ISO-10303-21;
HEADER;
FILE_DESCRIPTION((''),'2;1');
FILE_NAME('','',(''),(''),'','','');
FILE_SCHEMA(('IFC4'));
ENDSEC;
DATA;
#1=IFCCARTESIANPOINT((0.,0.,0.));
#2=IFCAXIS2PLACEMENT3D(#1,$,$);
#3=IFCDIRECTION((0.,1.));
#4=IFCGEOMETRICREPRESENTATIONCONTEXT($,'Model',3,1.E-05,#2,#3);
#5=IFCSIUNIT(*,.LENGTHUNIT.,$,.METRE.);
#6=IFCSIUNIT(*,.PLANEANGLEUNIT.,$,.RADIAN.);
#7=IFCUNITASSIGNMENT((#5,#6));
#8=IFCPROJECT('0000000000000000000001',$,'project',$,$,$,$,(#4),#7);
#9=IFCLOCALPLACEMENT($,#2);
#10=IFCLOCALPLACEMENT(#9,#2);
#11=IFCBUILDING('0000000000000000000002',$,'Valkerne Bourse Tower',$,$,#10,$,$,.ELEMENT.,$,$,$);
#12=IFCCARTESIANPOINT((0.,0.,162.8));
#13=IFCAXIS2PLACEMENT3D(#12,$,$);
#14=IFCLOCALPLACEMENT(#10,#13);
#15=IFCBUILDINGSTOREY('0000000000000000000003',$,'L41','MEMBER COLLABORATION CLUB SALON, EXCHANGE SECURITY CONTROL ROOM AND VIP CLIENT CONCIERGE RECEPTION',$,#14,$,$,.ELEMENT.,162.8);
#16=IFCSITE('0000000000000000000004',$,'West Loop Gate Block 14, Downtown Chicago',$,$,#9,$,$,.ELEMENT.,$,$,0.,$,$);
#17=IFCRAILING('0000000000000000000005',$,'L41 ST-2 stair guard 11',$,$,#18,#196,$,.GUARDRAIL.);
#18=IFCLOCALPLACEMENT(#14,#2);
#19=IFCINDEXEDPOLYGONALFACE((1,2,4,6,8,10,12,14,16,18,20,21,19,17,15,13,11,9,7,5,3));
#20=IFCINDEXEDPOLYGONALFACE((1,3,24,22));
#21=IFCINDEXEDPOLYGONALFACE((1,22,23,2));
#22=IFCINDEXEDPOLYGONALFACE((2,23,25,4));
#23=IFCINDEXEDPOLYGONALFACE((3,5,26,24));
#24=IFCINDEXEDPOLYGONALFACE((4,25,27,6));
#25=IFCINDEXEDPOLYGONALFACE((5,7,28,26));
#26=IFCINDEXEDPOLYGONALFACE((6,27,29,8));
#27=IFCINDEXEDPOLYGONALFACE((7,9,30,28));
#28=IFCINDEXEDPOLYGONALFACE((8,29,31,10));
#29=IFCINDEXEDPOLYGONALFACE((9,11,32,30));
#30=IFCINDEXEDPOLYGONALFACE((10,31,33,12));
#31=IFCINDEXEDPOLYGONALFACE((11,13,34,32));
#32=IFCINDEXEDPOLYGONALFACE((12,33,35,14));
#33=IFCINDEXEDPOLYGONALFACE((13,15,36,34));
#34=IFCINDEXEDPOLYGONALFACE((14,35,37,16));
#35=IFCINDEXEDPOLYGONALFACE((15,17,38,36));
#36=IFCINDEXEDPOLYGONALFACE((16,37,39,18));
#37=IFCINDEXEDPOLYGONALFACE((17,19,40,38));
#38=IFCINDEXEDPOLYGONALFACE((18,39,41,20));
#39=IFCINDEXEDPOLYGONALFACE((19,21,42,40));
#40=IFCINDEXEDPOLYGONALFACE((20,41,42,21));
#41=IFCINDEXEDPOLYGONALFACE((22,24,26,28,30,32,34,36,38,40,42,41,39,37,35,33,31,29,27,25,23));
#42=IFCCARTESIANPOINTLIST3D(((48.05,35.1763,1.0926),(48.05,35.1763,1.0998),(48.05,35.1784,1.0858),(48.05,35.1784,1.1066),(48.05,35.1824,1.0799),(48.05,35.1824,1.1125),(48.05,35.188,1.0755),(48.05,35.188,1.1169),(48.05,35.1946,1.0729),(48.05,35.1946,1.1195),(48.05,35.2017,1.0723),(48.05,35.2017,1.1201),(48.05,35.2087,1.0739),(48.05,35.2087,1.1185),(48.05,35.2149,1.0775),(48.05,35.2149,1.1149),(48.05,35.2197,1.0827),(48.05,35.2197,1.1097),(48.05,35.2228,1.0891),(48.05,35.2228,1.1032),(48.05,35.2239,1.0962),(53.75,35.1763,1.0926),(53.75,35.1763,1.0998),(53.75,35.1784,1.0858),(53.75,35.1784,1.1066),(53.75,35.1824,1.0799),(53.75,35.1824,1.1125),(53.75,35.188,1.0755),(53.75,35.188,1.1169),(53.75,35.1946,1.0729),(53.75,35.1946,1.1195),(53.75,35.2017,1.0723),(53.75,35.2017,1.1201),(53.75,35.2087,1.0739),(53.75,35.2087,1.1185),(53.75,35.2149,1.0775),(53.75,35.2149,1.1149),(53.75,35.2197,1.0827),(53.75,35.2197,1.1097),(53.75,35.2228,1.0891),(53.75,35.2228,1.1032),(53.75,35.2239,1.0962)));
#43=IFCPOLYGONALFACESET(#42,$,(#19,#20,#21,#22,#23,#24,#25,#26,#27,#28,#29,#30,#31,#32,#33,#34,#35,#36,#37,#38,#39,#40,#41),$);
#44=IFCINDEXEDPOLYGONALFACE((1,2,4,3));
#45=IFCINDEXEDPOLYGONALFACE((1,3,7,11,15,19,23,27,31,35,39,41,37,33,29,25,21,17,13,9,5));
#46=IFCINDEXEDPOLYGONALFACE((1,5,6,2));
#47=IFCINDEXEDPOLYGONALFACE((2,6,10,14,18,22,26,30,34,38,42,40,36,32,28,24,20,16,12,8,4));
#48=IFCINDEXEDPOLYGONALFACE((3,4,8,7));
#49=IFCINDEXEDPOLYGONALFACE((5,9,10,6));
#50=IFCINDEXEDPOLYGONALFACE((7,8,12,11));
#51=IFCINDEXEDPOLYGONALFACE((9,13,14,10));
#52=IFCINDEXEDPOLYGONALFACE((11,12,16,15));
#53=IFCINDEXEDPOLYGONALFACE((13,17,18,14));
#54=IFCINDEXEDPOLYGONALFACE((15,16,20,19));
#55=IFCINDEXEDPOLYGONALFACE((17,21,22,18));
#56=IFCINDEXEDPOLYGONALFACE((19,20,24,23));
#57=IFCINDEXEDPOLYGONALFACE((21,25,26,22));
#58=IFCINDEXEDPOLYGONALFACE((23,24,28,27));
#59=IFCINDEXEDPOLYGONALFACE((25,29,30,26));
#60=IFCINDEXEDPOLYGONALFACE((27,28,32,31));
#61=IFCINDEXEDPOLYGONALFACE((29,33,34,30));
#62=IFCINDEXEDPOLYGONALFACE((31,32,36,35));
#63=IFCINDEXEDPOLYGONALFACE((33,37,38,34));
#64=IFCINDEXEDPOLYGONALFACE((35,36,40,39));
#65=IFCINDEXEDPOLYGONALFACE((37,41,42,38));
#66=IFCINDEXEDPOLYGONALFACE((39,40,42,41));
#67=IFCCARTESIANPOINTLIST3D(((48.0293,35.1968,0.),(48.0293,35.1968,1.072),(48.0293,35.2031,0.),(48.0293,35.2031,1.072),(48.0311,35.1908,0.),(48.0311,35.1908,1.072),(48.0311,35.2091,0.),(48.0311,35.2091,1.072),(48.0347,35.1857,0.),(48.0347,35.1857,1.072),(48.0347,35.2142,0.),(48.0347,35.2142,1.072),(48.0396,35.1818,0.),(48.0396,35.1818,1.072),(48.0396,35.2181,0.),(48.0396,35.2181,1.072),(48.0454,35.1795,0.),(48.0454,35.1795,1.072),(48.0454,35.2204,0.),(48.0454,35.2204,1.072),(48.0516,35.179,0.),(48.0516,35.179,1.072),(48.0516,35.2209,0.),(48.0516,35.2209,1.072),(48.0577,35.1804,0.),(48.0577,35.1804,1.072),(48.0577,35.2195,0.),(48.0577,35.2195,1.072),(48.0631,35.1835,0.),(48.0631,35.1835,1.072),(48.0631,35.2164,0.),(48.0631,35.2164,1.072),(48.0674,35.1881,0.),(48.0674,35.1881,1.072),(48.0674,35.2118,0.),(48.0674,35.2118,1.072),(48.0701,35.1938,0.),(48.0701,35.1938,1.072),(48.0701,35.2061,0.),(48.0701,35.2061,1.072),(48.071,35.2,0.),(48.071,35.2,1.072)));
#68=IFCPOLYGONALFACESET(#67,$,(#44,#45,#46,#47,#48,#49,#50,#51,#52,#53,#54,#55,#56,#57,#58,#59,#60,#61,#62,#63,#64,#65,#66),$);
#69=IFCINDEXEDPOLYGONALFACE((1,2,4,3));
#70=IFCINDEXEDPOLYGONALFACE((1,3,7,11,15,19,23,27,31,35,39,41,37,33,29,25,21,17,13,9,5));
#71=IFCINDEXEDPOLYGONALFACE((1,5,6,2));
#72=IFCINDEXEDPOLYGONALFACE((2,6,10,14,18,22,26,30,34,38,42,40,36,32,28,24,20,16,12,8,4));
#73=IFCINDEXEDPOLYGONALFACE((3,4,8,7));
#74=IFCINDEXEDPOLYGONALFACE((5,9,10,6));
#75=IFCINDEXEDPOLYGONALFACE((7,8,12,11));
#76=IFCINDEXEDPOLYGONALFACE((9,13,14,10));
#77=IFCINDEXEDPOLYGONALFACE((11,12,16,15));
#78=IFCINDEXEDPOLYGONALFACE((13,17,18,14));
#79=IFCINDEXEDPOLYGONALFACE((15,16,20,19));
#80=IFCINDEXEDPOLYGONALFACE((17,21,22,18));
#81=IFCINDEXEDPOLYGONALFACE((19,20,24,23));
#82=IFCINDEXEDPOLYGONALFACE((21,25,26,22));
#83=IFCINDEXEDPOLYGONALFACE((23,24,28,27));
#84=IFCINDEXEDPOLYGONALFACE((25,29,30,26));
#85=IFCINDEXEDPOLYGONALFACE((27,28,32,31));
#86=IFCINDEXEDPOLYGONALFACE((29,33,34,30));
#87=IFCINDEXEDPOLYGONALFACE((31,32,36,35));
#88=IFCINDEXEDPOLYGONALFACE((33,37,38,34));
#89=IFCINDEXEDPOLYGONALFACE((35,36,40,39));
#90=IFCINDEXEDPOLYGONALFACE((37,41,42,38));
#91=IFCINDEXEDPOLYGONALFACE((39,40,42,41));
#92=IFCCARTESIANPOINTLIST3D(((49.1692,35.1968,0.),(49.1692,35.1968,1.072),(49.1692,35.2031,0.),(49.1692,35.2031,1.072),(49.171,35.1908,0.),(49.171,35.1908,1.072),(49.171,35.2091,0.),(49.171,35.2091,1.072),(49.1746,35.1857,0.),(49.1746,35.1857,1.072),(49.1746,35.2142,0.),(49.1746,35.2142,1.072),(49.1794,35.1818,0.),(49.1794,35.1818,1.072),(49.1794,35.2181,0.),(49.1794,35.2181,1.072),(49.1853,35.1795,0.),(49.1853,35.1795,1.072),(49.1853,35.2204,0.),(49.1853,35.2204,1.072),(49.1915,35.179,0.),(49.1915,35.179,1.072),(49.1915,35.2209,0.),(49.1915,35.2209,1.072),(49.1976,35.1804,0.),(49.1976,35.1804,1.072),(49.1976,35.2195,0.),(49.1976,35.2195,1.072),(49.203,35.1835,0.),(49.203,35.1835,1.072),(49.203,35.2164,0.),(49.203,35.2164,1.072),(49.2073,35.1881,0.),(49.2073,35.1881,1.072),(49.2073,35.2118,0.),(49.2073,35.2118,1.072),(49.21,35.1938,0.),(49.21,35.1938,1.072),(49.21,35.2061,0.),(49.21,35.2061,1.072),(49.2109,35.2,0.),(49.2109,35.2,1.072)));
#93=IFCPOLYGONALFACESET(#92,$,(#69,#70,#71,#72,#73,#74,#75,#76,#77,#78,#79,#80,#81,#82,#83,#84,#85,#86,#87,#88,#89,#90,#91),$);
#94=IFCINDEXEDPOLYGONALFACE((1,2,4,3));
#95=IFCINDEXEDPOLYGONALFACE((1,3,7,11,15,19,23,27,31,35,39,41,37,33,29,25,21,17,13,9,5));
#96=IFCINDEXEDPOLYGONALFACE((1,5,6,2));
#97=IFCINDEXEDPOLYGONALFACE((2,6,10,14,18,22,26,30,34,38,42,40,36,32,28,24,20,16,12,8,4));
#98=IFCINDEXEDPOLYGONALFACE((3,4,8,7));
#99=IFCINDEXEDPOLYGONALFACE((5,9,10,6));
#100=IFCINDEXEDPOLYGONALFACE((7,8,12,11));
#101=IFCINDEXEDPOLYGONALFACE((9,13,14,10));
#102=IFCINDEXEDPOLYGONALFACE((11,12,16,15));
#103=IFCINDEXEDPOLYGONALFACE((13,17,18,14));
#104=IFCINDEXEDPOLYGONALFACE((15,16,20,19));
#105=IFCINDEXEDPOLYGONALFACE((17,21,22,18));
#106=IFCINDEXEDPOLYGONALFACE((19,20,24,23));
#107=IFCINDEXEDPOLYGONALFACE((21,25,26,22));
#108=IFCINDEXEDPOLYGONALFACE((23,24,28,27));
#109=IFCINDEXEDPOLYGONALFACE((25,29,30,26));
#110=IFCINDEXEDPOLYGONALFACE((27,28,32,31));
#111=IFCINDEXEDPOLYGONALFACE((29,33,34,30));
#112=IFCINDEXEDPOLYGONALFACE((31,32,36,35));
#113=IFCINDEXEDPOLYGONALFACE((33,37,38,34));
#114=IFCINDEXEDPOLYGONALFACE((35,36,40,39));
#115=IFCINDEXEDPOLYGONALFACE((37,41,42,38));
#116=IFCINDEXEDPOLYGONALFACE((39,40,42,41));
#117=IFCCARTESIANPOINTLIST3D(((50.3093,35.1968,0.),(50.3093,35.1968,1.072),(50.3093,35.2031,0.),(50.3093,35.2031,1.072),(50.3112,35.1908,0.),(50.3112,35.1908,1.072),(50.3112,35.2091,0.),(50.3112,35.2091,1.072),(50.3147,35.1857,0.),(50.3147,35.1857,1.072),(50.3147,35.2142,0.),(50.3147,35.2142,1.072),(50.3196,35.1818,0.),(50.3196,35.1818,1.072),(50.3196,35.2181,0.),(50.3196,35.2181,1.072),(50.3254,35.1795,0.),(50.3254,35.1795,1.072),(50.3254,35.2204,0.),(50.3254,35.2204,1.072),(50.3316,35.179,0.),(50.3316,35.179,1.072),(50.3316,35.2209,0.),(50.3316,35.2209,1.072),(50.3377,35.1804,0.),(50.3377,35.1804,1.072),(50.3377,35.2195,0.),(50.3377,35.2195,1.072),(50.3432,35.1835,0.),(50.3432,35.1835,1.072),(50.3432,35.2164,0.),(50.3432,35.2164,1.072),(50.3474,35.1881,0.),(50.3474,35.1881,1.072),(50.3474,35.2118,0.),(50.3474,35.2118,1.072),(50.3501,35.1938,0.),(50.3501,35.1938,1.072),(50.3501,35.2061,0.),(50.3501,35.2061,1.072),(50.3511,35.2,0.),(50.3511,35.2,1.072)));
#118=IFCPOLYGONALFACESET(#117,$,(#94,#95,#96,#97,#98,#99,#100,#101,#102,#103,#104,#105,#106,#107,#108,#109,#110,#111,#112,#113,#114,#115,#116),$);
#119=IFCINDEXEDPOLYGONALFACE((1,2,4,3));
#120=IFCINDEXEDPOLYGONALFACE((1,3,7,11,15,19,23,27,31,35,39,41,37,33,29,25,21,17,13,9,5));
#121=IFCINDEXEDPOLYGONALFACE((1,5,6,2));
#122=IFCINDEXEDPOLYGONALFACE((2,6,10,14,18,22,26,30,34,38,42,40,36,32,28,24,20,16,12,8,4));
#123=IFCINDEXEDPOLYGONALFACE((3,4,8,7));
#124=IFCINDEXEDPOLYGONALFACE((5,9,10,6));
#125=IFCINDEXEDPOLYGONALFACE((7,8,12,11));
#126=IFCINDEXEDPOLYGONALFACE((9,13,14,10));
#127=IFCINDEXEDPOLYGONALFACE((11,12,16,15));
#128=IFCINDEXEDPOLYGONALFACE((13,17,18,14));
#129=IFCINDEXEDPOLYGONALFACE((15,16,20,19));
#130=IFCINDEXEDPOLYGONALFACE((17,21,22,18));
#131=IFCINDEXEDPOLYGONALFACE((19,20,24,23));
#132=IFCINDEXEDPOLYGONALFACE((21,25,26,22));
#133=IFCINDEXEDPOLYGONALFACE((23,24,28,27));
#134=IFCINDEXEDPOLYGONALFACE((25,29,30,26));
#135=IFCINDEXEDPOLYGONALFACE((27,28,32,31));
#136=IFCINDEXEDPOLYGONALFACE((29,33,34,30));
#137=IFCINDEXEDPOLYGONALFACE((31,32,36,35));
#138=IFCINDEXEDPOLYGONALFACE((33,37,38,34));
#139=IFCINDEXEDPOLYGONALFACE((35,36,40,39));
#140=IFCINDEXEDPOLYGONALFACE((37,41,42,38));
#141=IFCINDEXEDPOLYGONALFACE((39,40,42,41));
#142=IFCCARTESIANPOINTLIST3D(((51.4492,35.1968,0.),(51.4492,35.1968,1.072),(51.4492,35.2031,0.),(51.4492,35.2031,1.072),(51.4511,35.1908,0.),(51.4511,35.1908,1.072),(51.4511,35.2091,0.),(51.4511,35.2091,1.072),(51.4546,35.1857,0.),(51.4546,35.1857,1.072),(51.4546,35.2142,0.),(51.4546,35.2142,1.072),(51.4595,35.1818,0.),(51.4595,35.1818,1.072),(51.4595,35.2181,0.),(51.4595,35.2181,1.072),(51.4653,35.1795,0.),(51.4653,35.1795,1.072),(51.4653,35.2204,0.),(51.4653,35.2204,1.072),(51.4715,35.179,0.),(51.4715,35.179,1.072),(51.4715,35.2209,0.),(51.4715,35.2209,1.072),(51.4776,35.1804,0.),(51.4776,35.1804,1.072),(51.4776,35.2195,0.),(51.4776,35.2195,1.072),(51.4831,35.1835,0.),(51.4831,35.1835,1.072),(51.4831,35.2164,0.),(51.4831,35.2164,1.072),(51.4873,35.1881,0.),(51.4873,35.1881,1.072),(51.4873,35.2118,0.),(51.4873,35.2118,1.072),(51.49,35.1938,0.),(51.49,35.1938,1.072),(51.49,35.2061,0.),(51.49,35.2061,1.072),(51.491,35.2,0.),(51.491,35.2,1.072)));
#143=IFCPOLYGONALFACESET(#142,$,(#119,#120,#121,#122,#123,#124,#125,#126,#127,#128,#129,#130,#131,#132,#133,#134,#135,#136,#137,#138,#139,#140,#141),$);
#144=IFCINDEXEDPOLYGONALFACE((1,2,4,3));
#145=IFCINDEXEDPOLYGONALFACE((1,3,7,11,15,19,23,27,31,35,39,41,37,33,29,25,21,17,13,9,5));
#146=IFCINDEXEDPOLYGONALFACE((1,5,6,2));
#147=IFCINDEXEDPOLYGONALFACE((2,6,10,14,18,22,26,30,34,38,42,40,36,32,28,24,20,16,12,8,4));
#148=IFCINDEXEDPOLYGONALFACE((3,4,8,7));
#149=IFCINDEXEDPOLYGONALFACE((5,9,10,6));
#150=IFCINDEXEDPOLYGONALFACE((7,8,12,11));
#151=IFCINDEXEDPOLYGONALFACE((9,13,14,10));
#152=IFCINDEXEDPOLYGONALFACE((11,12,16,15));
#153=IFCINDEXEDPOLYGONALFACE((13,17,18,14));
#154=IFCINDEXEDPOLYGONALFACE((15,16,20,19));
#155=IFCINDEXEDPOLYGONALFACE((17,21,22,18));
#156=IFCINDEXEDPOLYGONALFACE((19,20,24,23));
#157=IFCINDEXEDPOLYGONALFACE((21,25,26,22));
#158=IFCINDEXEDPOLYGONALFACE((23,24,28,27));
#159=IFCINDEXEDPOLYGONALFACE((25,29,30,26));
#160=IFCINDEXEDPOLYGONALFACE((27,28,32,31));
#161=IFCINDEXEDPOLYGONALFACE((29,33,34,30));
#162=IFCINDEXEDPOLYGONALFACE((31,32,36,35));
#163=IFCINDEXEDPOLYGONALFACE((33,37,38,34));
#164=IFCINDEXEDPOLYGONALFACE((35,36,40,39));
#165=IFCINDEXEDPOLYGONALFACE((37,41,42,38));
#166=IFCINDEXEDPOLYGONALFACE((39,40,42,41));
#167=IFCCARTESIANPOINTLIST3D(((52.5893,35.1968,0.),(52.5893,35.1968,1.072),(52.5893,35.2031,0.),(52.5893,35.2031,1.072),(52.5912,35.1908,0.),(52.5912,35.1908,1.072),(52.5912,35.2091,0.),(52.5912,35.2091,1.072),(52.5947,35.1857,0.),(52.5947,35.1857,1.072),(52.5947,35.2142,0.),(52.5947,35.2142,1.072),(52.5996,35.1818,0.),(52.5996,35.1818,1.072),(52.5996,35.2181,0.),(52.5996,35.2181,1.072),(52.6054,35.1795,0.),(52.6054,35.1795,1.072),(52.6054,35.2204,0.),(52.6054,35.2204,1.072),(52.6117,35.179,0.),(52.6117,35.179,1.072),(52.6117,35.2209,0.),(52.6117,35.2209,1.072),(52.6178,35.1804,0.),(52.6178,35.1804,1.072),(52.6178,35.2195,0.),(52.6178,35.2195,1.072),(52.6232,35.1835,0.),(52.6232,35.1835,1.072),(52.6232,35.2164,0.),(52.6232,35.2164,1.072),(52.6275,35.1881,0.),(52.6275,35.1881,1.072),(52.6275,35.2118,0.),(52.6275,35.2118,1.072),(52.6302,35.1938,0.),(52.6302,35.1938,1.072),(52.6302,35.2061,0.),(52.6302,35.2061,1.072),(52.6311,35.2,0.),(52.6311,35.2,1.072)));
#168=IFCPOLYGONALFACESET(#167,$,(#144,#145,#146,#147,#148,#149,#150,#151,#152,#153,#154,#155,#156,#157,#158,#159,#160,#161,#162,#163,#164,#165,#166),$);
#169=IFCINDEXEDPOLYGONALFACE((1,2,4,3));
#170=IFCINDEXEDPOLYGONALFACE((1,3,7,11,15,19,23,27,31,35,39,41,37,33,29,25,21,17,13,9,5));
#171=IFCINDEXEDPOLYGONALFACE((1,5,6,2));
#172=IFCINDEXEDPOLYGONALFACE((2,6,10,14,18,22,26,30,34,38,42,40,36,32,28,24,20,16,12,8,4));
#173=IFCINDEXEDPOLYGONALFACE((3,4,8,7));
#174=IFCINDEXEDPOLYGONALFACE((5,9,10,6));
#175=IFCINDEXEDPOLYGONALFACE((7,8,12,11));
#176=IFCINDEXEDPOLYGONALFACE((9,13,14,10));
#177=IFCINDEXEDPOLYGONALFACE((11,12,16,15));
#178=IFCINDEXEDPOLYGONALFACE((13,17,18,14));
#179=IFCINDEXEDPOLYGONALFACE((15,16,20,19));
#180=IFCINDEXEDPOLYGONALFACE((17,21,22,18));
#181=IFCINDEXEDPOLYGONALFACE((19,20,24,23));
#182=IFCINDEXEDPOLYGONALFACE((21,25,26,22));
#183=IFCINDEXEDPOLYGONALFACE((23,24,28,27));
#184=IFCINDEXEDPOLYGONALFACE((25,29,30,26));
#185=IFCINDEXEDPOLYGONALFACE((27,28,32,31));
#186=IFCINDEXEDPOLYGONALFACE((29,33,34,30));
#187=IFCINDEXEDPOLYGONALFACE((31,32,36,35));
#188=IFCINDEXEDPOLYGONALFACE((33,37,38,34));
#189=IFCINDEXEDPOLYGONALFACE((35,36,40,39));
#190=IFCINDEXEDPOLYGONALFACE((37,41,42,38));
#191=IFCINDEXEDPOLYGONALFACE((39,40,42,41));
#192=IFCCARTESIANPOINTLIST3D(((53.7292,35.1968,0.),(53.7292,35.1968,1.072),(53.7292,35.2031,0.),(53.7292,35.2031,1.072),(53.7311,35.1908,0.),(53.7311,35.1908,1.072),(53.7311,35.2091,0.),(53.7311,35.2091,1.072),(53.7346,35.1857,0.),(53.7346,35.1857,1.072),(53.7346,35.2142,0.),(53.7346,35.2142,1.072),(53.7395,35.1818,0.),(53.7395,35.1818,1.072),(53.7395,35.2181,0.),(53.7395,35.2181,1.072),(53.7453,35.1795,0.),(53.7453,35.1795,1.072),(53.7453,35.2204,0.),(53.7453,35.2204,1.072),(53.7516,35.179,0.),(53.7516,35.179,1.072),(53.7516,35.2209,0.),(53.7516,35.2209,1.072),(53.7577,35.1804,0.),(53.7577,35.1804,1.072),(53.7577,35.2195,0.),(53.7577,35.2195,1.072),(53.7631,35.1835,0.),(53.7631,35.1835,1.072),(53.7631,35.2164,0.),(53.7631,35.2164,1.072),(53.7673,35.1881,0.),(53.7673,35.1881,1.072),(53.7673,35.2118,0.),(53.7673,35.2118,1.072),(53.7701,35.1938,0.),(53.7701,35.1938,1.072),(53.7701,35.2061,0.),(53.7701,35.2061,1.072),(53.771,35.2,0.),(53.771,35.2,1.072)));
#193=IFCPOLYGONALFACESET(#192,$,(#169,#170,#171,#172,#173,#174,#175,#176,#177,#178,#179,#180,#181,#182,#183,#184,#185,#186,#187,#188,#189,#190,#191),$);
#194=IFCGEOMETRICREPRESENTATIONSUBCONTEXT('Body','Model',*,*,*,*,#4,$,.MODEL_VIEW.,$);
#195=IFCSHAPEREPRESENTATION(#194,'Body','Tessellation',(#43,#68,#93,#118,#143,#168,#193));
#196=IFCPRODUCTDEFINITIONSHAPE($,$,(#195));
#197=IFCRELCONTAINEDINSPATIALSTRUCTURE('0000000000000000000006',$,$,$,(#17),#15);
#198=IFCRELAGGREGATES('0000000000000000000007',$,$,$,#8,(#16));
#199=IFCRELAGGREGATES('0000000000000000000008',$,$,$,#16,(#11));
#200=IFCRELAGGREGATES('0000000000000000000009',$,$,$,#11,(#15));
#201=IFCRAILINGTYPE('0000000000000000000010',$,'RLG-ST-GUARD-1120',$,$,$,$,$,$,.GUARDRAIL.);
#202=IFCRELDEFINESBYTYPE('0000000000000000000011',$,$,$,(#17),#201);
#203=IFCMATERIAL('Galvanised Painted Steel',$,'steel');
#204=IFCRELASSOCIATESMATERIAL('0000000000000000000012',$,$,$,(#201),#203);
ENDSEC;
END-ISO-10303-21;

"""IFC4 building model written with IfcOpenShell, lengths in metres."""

from ifc_helpers import new_model, si_unit, direction, frame, origin, origin_2d, place, context, subcontext, project, spatial, circle, extrude, material, type_object, element, save


model = new_model("IFC4")

# Units and contexts
model_context = context("Model", 3, precision=1e-05, world=origin(), true_north=direction((0.0, 1.0)))
body_context = subcontext(model_context, "Body", "Model", "MODEL_VIEW")
ifc_project = project(units=[si_unit("LENGTHUNIT", "METRE"), si_unit("PLANEANGLEUNIT", "RADIAN")], contexts=[model_context])

# Site, building, storey
site_placement = place(None, origin())
site = spatial("IfcSite", under=ifc_project, at=site_placement, Name="West Loop Gate Block 14, Downtown Chicago", CompositionType="ELEMENT", RefElevation=0.0)
building_placement = place(site_placement, origin())
building = spatial("IfcBuilding", under=site, at=building_placement, Name="Valkerne Bourse Tower", CompositionType="ELEMENT")
storey_placement = place(building_placement, frame((0.0, 0.0, 162.8)))
storey = spatial("IfcBuildingStorey", under=building, at=storey_placement, Name="L41", Description="MEMBER COLLABORATION CLUB SALON, EXCHANGE SECURITY CONTROL ROOM AND VIP CLIENT CONCIERGE RECEPTION", CompositionType="ELEMENT", Elevation=162.8)

# Shared definitions
ifc_material_1 = material(Name="Galvanised Painted Steel", Category="steel")

# Railing
railing_type_1 = type_object("IfcRailingType", Name="RLG-ST-GUARD-1120", PredefinedType="GUARDRAIL", material=ifc_material_1)
for number, where, name in (
    (1, (48.05, 35.2, 0.0), "L41 ST-2 stair guard 11"),
):
    element("IfcRailing", number, at=place(storey_placement, frame(where)), inside=storey, type_object=railing_type_1, Name=name, PredefinedType="GUARDRAIL", context=body_context, shape_type="SweptSolid", body=[
        extrude(circle(Radius=0.0239, at=origin_2d()), frame((0.0, 0.0, 1.0962), z_axis=(1.0, 0.0, 0.0), x_axis=(0.0, 1.0, 0.0)), (0.0, 0.0, 1.0), 5.7),
        extrude(circle(Radius=0.021, at=origin_2d()), origin(), (0.0, 0.0, 1.0), 1.072),
        extrude(circle(Radius=0.021, at=origin_2d()), frame((1.1399, 0.0, 0.0)), (0.0, 0.0, 1.0), 1.072),
        extrude(circle(Radius=0.021, at=origin_2d()), frame((2.28, 0.0, 0.0)), (0.0, 0.0, 1.0), 1.072),
        extrude(circle(Radius=0.021, at=origin_2d()), frame((3.4199, 0.0, 0.0)), (0.0, 0.0, 1.0), 1.072),
        extrude(circle(Radius=0.021, at=origin_2d()), frame((4.5601, 0.0, 0.0)), (0.0, 0.0, 1.0), 1.072),
        extrude(circle(Radius=0.021, at=origin_2d()), frame((5.7, 0.0, 0.0)), (0.0, 0.0, 1.0), 1.072),
    ])

save(model, "model.ifc")
